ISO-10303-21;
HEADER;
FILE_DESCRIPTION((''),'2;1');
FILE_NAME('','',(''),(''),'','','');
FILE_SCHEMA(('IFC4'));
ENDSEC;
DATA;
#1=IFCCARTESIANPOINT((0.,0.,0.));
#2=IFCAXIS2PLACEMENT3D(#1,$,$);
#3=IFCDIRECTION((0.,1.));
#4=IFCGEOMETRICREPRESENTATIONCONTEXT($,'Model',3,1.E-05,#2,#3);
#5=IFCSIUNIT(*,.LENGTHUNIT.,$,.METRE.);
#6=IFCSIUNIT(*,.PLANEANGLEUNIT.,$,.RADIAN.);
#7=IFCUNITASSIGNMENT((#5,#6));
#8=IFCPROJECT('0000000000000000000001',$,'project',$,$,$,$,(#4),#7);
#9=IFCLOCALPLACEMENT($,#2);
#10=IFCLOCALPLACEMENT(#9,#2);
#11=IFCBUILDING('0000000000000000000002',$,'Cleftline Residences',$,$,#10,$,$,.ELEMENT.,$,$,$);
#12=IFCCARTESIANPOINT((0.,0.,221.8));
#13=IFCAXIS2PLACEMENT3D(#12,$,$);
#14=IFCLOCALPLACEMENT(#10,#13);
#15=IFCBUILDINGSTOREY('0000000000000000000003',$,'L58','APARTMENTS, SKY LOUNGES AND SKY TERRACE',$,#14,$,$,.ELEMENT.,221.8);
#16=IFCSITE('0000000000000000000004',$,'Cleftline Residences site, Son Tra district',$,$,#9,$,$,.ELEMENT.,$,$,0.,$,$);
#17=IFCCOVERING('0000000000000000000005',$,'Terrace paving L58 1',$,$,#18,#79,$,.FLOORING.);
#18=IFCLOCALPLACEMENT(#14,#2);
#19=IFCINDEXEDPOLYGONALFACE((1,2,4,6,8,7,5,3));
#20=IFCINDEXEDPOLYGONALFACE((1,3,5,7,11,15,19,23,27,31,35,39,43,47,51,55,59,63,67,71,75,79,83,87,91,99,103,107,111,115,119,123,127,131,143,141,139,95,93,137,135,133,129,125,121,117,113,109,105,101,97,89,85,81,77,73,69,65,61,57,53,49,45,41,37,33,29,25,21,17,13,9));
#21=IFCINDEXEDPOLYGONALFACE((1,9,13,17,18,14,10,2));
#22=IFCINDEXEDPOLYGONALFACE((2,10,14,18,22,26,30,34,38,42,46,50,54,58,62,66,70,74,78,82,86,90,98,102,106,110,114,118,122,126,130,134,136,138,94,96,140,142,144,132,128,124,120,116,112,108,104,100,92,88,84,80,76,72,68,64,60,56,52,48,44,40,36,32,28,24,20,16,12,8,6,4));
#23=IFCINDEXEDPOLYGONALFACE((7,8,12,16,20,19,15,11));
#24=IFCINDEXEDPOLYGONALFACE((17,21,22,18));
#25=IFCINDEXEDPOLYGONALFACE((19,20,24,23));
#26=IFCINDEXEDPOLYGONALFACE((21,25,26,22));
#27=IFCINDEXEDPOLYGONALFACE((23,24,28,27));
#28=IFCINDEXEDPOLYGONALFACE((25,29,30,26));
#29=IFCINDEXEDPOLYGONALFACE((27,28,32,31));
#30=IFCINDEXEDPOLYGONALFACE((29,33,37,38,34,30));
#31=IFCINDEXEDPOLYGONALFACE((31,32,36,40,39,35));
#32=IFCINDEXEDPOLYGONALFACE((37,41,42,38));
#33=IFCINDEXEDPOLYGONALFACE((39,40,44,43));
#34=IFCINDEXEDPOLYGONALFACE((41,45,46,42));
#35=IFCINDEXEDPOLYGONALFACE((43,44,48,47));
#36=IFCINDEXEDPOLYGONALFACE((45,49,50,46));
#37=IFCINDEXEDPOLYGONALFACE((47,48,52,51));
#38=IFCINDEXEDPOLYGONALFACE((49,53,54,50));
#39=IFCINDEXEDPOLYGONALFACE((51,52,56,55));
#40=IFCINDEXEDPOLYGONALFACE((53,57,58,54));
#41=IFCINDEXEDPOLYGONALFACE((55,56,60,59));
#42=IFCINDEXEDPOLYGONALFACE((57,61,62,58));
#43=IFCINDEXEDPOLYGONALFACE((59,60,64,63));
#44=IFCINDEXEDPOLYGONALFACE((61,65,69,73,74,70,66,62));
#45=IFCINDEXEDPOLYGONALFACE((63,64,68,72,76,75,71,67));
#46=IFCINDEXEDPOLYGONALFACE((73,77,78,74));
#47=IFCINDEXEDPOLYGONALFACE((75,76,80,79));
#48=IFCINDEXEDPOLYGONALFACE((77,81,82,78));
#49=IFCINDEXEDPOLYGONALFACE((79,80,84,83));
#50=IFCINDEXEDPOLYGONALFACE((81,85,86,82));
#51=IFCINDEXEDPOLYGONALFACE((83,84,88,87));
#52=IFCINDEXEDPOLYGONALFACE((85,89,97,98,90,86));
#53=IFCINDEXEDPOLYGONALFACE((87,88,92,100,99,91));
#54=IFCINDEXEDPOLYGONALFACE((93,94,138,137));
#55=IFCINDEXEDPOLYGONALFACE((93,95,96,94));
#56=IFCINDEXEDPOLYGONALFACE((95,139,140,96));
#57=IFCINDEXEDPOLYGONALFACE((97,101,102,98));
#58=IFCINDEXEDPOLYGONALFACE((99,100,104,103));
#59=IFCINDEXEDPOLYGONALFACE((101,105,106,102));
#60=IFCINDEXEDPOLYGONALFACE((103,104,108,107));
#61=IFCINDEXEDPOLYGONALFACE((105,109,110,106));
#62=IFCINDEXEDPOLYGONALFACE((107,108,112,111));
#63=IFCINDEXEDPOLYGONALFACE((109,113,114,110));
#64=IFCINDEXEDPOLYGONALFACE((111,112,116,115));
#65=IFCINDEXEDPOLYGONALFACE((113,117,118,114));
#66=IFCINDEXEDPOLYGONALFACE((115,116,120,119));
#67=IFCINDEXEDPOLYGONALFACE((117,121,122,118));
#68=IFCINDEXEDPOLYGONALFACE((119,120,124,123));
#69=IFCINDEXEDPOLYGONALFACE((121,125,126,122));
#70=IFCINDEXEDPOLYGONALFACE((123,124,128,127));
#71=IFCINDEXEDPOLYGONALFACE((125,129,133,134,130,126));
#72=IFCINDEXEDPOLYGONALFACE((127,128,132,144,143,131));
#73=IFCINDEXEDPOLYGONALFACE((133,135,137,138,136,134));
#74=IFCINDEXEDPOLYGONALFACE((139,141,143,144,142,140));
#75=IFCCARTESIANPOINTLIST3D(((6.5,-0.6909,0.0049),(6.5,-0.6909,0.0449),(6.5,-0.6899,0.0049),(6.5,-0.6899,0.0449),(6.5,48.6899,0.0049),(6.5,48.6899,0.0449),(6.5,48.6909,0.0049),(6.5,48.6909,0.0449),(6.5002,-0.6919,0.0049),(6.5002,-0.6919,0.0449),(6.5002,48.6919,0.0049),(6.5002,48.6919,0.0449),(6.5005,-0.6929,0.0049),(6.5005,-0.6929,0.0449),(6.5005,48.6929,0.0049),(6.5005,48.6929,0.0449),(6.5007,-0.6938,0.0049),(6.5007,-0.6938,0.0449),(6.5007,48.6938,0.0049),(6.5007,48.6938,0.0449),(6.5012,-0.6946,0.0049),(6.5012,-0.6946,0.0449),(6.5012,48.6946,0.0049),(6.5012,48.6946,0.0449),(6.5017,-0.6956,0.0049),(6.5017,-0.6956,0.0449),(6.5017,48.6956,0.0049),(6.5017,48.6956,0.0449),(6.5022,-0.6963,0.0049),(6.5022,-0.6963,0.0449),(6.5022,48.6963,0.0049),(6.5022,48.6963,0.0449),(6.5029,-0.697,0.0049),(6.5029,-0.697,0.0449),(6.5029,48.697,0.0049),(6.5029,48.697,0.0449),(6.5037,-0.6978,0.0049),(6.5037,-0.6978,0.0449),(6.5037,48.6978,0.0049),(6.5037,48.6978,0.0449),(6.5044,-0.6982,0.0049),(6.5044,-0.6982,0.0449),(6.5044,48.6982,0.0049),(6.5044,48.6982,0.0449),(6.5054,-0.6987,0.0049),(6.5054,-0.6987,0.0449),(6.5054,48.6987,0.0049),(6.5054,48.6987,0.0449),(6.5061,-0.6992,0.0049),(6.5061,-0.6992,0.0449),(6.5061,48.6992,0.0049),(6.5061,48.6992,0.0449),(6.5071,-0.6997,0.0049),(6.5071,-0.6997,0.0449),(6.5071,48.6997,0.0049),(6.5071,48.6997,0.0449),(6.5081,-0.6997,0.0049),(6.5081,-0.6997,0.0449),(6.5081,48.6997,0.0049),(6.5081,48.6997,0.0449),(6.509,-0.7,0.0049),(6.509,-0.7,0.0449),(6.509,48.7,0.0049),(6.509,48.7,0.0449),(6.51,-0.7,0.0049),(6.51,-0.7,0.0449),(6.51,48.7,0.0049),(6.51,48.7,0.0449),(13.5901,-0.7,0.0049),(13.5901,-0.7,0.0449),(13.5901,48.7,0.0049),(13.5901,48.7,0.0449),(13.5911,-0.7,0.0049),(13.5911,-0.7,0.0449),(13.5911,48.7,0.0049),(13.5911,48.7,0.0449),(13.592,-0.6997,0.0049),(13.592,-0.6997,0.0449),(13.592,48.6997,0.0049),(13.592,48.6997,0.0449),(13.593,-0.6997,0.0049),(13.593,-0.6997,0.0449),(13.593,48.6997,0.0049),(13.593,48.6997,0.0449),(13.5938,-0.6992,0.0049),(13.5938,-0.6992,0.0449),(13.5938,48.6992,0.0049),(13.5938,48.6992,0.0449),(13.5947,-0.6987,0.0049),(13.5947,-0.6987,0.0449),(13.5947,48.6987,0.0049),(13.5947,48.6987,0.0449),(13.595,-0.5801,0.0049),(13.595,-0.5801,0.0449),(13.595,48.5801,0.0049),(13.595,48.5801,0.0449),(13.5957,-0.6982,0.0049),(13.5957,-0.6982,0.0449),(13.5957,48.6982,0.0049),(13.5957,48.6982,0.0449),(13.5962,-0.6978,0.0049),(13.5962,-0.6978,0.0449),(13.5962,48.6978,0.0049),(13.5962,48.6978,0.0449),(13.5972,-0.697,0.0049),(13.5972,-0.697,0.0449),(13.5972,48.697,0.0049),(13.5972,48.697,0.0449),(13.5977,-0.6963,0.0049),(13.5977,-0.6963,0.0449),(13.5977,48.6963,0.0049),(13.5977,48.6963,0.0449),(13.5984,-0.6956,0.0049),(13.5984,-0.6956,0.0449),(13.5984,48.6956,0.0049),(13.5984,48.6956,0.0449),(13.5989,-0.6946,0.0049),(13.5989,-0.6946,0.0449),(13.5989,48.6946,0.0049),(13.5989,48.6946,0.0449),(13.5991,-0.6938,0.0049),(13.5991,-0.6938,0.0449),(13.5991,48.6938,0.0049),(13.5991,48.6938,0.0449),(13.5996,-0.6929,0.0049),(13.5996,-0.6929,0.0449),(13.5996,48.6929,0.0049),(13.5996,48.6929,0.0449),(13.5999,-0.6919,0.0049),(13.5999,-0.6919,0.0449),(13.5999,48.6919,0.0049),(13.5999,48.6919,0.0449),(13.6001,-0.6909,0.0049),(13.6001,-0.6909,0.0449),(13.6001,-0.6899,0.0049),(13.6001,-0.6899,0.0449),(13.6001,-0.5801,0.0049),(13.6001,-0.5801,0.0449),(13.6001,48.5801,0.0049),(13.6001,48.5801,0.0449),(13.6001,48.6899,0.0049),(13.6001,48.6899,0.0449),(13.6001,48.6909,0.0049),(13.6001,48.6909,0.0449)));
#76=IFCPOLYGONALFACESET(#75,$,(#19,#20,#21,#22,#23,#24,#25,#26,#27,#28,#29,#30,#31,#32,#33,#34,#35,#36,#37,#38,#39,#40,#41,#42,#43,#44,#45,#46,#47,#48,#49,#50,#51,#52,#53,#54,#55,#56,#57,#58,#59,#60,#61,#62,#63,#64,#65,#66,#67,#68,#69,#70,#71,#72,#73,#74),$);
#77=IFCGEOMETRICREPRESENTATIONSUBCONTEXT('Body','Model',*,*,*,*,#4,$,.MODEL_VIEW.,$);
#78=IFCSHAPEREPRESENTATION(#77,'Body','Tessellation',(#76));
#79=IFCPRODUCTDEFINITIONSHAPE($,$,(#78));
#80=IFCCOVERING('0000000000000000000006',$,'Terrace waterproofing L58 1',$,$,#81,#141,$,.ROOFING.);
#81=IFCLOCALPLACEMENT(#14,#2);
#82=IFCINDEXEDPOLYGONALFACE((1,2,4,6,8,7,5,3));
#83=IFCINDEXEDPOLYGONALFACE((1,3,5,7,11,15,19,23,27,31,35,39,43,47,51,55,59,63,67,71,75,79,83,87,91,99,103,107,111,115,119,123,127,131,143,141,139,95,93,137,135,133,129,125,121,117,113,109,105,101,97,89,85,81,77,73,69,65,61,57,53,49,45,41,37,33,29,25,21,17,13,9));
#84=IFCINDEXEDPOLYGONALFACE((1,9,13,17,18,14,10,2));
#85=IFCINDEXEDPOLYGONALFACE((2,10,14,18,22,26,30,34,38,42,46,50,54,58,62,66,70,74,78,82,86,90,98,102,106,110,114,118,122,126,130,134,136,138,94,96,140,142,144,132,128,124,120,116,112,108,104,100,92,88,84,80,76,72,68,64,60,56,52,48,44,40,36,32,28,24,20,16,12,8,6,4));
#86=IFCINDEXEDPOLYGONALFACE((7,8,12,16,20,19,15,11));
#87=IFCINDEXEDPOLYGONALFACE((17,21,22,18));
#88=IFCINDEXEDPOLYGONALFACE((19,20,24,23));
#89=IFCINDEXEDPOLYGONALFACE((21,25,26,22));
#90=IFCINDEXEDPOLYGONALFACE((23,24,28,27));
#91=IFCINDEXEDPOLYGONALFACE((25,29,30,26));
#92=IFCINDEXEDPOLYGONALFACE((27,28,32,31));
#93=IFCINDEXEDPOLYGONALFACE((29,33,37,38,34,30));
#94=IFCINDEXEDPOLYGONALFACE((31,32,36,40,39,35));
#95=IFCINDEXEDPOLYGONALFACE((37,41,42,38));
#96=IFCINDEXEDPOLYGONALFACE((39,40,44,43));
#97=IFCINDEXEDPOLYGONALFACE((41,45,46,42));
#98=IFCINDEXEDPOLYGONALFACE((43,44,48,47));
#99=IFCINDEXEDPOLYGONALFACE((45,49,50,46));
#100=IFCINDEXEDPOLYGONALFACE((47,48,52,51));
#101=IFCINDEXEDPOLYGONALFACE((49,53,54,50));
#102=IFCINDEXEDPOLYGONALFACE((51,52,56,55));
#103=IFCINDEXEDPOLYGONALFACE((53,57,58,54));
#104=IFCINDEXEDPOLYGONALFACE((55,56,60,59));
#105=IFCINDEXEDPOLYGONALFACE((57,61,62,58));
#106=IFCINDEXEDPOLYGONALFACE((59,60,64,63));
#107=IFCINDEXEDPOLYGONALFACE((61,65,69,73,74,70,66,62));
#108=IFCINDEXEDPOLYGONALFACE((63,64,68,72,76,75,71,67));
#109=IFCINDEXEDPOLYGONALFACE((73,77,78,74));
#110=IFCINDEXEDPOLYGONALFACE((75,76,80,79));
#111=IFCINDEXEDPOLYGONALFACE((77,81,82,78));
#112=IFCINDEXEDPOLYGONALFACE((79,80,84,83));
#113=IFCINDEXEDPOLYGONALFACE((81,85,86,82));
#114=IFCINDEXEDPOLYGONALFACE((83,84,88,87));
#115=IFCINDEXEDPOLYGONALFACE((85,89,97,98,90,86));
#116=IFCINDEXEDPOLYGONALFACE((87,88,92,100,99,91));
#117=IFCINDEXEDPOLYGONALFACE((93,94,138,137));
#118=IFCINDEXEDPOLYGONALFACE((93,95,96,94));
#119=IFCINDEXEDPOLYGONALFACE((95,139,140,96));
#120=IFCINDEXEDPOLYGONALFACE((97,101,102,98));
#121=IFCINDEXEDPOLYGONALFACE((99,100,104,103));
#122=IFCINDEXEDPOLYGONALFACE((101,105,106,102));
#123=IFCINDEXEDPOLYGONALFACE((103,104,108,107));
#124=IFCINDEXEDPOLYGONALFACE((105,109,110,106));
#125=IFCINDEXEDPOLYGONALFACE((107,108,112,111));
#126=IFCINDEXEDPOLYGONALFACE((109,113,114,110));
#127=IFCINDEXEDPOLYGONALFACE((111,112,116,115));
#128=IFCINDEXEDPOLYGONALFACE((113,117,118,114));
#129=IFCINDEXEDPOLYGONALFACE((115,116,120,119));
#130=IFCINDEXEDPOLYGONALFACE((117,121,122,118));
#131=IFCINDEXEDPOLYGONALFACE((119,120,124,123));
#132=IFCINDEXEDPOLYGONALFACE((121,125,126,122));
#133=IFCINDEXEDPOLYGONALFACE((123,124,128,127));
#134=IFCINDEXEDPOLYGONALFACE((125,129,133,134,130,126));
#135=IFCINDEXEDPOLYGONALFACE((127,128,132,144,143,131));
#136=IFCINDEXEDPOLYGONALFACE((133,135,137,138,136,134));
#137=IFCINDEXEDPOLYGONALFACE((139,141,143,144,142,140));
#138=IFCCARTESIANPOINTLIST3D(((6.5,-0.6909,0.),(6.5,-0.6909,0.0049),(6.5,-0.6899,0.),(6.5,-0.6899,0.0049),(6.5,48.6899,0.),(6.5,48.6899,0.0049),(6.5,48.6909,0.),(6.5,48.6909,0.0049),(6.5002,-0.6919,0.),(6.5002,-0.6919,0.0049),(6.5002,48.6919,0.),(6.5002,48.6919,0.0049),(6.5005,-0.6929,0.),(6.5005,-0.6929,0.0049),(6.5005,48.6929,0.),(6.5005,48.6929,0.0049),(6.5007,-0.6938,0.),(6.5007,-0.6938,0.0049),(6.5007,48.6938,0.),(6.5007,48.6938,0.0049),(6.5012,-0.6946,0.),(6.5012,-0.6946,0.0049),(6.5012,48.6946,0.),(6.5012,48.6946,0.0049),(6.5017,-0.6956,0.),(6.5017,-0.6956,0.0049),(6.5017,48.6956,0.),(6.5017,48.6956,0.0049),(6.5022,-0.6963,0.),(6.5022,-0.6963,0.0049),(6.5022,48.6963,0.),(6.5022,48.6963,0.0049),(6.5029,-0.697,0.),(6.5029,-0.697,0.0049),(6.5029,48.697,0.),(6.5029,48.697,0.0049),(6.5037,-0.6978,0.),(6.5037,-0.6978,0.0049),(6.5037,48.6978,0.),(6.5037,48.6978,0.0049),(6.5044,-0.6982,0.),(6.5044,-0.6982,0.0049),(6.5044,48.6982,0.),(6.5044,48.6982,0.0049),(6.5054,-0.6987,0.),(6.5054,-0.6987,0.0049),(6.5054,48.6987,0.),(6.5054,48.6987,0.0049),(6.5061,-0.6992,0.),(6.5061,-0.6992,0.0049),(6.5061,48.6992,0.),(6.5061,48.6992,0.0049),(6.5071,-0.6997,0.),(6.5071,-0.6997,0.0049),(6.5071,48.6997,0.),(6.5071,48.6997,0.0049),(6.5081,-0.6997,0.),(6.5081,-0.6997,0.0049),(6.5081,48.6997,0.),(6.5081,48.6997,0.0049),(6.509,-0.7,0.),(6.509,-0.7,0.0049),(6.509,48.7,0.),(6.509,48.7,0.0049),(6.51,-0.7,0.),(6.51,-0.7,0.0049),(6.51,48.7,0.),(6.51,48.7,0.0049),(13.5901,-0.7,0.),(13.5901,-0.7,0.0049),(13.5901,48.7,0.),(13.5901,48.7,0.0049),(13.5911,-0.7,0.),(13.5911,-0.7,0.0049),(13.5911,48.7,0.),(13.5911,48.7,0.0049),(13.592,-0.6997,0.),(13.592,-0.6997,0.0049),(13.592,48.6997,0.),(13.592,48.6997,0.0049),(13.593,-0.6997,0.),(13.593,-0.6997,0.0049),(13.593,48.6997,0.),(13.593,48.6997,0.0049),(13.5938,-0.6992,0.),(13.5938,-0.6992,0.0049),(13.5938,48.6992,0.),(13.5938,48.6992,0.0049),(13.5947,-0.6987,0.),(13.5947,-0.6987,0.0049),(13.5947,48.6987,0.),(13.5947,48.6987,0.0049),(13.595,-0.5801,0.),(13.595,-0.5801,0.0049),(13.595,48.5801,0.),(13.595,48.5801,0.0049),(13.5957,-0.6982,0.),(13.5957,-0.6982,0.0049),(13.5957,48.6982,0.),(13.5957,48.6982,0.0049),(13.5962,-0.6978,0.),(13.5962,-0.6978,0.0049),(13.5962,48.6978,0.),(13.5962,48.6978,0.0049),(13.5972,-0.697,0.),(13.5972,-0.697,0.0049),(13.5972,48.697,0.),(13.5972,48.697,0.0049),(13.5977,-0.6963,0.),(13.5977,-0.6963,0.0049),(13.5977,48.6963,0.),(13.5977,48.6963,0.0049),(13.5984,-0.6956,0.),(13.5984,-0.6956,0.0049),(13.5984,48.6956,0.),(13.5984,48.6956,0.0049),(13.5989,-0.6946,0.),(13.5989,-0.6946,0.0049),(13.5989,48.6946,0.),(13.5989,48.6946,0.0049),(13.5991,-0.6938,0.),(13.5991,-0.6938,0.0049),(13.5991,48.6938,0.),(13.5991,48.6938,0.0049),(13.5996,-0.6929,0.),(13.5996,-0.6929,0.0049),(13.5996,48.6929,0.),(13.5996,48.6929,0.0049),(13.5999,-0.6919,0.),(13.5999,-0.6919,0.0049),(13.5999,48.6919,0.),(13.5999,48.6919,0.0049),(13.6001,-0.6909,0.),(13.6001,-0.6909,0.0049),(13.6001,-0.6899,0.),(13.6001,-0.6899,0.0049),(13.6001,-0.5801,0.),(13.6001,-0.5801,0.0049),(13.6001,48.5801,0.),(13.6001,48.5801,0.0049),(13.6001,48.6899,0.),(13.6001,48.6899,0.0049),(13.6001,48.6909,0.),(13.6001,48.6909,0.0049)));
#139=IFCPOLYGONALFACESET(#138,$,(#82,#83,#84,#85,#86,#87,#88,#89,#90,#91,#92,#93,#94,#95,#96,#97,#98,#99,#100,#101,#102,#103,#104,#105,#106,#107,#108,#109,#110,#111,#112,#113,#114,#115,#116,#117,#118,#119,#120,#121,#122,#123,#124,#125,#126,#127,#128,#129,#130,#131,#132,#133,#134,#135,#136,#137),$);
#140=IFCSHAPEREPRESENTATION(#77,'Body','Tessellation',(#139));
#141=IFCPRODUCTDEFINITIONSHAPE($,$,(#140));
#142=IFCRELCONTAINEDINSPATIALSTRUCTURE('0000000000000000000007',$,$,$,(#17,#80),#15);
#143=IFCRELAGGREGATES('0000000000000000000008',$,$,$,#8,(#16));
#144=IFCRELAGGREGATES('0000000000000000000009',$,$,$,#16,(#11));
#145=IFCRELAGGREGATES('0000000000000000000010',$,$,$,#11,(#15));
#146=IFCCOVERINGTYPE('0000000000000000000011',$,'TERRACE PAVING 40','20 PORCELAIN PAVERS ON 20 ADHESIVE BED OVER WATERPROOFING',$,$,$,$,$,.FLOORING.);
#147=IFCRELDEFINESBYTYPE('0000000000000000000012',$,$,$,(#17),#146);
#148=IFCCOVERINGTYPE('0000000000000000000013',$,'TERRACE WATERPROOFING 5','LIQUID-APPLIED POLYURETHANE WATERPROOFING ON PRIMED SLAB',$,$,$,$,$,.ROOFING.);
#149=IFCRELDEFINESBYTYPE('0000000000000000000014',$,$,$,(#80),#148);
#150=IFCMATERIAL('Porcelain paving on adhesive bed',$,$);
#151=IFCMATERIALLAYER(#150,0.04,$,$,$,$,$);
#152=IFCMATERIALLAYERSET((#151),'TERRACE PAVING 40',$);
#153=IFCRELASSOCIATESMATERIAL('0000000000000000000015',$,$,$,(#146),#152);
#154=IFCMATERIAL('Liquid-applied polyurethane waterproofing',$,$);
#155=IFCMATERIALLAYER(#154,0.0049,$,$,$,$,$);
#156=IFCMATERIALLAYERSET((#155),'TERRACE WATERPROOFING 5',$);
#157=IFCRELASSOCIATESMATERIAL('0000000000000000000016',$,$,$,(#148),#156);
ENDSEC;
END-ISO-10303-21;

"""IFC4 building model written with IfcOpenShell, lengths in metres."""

from ifc_helpers import new_model, si_unit, direction, frame, origin, place, context, subcontext, project, spatial, polyline, outline, extrude, material, layer, layer_set, type_object, element, save


model = new_model("IFC4")

# Units and contexts
model_context = context("Model", 3, precision=1e-05, world=origin(), true_north=direction((0.0, 1.0)))
body_context = subcontext(model_context, "Body", "Model", "MODEL_VIEW")
ifc_project = project(units=[si_unit("LENGTHUNIT", "METRE"), si_unit("PLANEANGLEUNIT", "RADIAN")], contexts=[model_context])

# Site, building, storey
site_placement = place(None, origin())
site = spatial("IfcSite", under=ifc_project, at=site_placement, Name="Cleftline Residences site, Son Tra district", CompositionType="ELEMENT", RefElevation=0.0)
building_placement = place(site_placement, origin())
building = spatial("IfcBuilding", under=site, at=building_placement, Name="Cleftline Residences", CompositionType="ELEMENT")
storey_placement = place(building_placement, frame((0.0, 0.0, 221.8)))
storey = spatial("IfcBuildingStorey", under=building, at=storey_placement, Name="L58", Description="APARTMENTS, SKY LOUNGES AND SKY TERRACE", CompositionType="ELEMENT", Elevation=221.8)

# Coverings
ifc_material_1 = material(Name="Porcelain paving on adhesive bed")
ifc_layer_1 = layer(ifc_material_1, 0.04)
ifc_layer_set_1 = layer_set([ifc_layer_1], Name="TERRACE PAVING 40")
covering_type_1 = type_object("IfcCoveringType", Name="TERRACE PAVING 40", Description="20 PORCELAIN PAVERS ON 20 ADHESIVE BED OVER WATERPROOFING", PredefinedType="FLOORING", material=ifc_layer_set_1)
covering_1_placement = place(storey_placement, frame((0.0, 0.0, 0.0049)))
element("IfcCovering", 1, at=covering_1_placement, inside=storey, type_object=covering_type_1, Name="Terrace paving L58 1", PredefinedType="FLOORING", context=body_context, shape_type="SweptSolid", body=[
    extrude(outline(polyline([(13.5901, -0.7), (13.5911, -0.7), (13.592, -0.6997), (13.593, -0.6997), (13.5938, -0.6992), (13.5947, -0.6987), (13.5957, -0.6982), (13.5962, -0.6978), (13.5972, -0.697), (13.5977, -0.6963), (13.5984, -0.6956), (13.5989, -0.6946), (13.5991, -0.6938), (13.5996, -0.6929), (13.5999, -0.6919), (13.6001, -0.6909), (13.6001, -0.6899), (13.6001, -0.5801), (13.595, -0.5801), (13.595, 48.5801), (13.6001, 48.5801), (13.6001, 48.6899), (13.6001, 48.6909), (13.5999, 48.6919), (13.5996, 48.6929), (13.5991, 48.6938), (13.5989, 48.6946), (13.5984, 48.6956), (13.5977, 48.6963), (13.5972, 48.697), (13.5962, 48.6978), (13.5957, 48.6982), (13.5947, 48.6987), (13.5938, 48.6992), (13.593, 48.6997), (13.592, 48.6997), (13.5911, 48.7), (13.5901, 48.7), (6.51, 48.7), (6.509, 48.7), (6.5081, 48.6997), (6.5071, 48.6997), (6.5061, 48.6992), (6.5054, 48.6987), (6.5044, 48.6982), (6.5037, 48.6978), (6.5029, 48.697), (6.5022, 48.6963), (6.5017, 48.6956), (6.5012, 48.6946), (6.5007, 48.6938), (6.5005, 48.6929), (6.5002, 48.6919), (6.5, 48.6909), (6.5, 48.6899), (6.5, -0.6899), (6.5, -0.6909), (6.5002, -0.6919), (6.5005, -0.6929), (6.5007, -0.6938), (6.5012, -0.6946), (6.5017, -0.6956), (6.5022, -0.6963), (6.5029, -0.697), (6.5037, -0.6978), (6.5044, -0.6982), (6.5054, -0.6987), (6.5061, -0.6992), (6.5071, -0.6997), (6.5081, -0.6997), (6.509, -0.7), (6.51, -0.7), (13.5901, -0.7)])), origin(), (0.0, 0.0, 1.0), 0.04),
])
ifc_material_2 = material(Name="Liquid-applied polyurethane waterproofing")
ifc_layer_2 = layer(ifc_material_2, 0.0049)
ifc_layer_set_2 = layer_set([ifc_layer_2], Name="TERRACE WATERPROOFING 5")
covering_type_2 = type_object("IfcCoveringType", Name="TERRACE WATERPROOFING 5", Description="LIQUID-APPLIED POLYURETHANE WATERPROOFING ON PRIMED SLAB", PredefinedType="ROOFING", material=ifc_layer_set_2)
covering_2_placement = place(storey_placement, origin())
element("IfcCovering", 2, at=covering_2_placement, inside=storey, type_object=covering_type_2, Name="Terrace waterproofing L58 1", PredefinedType="ROOFING", context=body_context, shape_type="SweptSolid", body=[
    extrude(outline(polyline([(13.5901, -0.7), (13.5911, -0.7), (13.592, -0.6997), (13.593, -0.6997), (13.5938, -0.6992), (13.5947, -0.6987), (13.5957, -0.6982), (13.5962, -0.6978), (13.5972, -0.697), (13.5977, -0.6963), (13.5984, -0.6956), (13.5989, -0.6946), (13.5991, -0.6938), (13.5996, -0.6929), (13.5999, -0.6919), (13.6001, -0.6909), (13.6001, -0.6899), (13.6001, -0.5801), (13.595, -0.5801), (13.595, 48.5801), (13.6001, 48.5801), (13.6001, 48.6899), (13.6001, 48.6909), (13.5999, 48.6919), (13.5996, 48.6929), (13.5991, 48.6938), (13.5989, 48.6946), (13.5984, 48.6956), (13.5977, 48.6963), (13.5972, 48.697), (13.5962, 48.6978), (13.5957, 48.6982), (13.5947, 48.6987), (13.5938, 48.6992), (13.593, 48.6997), (13.592, 48.6997), (13.5911, 48.7), (13.5901, 48.7), (6.51, 48.7), (6.509, 48.7), (6.5081, 48.6997), (6.5071, 48.6997), (6.5061, 48.6992), (6.5054, 48.6987), (6.5044, 48.6982), (6.5037, 48.6978), (6.5029, 48.697), (6.5022, 48.6963), (6.5017, 48.6956), (6.5012, 48.6946), (6.5007, 48.6938), (6.5005, 48.6929), (6.5002, 48.6919), (6.5, 48.6909), (6.5, 48.6899), (6.5, -0.6899), (6.5, -0.6909), (6.5002, -0.6919), (6.5005, -0.6929), (6.5007, -0.6938), (6.5012, -0.6946), (6.5017, -0.6956), (6.5022, -0.6963), (6.5029, -0.697), (6.5037, -0.6978), (6.5044, -0.6982), (6.5054, -0.6987), (6.5061, -0.6992), (6.5071, -0.6997), (6.5081, -0.6997), (6.509, -0.7), (6.51, -0.7), (13.5901, -0.7)])), origin(), (0.0, 0.0, 1.0), 0.0049),
])

save(model, "model.ifc")
